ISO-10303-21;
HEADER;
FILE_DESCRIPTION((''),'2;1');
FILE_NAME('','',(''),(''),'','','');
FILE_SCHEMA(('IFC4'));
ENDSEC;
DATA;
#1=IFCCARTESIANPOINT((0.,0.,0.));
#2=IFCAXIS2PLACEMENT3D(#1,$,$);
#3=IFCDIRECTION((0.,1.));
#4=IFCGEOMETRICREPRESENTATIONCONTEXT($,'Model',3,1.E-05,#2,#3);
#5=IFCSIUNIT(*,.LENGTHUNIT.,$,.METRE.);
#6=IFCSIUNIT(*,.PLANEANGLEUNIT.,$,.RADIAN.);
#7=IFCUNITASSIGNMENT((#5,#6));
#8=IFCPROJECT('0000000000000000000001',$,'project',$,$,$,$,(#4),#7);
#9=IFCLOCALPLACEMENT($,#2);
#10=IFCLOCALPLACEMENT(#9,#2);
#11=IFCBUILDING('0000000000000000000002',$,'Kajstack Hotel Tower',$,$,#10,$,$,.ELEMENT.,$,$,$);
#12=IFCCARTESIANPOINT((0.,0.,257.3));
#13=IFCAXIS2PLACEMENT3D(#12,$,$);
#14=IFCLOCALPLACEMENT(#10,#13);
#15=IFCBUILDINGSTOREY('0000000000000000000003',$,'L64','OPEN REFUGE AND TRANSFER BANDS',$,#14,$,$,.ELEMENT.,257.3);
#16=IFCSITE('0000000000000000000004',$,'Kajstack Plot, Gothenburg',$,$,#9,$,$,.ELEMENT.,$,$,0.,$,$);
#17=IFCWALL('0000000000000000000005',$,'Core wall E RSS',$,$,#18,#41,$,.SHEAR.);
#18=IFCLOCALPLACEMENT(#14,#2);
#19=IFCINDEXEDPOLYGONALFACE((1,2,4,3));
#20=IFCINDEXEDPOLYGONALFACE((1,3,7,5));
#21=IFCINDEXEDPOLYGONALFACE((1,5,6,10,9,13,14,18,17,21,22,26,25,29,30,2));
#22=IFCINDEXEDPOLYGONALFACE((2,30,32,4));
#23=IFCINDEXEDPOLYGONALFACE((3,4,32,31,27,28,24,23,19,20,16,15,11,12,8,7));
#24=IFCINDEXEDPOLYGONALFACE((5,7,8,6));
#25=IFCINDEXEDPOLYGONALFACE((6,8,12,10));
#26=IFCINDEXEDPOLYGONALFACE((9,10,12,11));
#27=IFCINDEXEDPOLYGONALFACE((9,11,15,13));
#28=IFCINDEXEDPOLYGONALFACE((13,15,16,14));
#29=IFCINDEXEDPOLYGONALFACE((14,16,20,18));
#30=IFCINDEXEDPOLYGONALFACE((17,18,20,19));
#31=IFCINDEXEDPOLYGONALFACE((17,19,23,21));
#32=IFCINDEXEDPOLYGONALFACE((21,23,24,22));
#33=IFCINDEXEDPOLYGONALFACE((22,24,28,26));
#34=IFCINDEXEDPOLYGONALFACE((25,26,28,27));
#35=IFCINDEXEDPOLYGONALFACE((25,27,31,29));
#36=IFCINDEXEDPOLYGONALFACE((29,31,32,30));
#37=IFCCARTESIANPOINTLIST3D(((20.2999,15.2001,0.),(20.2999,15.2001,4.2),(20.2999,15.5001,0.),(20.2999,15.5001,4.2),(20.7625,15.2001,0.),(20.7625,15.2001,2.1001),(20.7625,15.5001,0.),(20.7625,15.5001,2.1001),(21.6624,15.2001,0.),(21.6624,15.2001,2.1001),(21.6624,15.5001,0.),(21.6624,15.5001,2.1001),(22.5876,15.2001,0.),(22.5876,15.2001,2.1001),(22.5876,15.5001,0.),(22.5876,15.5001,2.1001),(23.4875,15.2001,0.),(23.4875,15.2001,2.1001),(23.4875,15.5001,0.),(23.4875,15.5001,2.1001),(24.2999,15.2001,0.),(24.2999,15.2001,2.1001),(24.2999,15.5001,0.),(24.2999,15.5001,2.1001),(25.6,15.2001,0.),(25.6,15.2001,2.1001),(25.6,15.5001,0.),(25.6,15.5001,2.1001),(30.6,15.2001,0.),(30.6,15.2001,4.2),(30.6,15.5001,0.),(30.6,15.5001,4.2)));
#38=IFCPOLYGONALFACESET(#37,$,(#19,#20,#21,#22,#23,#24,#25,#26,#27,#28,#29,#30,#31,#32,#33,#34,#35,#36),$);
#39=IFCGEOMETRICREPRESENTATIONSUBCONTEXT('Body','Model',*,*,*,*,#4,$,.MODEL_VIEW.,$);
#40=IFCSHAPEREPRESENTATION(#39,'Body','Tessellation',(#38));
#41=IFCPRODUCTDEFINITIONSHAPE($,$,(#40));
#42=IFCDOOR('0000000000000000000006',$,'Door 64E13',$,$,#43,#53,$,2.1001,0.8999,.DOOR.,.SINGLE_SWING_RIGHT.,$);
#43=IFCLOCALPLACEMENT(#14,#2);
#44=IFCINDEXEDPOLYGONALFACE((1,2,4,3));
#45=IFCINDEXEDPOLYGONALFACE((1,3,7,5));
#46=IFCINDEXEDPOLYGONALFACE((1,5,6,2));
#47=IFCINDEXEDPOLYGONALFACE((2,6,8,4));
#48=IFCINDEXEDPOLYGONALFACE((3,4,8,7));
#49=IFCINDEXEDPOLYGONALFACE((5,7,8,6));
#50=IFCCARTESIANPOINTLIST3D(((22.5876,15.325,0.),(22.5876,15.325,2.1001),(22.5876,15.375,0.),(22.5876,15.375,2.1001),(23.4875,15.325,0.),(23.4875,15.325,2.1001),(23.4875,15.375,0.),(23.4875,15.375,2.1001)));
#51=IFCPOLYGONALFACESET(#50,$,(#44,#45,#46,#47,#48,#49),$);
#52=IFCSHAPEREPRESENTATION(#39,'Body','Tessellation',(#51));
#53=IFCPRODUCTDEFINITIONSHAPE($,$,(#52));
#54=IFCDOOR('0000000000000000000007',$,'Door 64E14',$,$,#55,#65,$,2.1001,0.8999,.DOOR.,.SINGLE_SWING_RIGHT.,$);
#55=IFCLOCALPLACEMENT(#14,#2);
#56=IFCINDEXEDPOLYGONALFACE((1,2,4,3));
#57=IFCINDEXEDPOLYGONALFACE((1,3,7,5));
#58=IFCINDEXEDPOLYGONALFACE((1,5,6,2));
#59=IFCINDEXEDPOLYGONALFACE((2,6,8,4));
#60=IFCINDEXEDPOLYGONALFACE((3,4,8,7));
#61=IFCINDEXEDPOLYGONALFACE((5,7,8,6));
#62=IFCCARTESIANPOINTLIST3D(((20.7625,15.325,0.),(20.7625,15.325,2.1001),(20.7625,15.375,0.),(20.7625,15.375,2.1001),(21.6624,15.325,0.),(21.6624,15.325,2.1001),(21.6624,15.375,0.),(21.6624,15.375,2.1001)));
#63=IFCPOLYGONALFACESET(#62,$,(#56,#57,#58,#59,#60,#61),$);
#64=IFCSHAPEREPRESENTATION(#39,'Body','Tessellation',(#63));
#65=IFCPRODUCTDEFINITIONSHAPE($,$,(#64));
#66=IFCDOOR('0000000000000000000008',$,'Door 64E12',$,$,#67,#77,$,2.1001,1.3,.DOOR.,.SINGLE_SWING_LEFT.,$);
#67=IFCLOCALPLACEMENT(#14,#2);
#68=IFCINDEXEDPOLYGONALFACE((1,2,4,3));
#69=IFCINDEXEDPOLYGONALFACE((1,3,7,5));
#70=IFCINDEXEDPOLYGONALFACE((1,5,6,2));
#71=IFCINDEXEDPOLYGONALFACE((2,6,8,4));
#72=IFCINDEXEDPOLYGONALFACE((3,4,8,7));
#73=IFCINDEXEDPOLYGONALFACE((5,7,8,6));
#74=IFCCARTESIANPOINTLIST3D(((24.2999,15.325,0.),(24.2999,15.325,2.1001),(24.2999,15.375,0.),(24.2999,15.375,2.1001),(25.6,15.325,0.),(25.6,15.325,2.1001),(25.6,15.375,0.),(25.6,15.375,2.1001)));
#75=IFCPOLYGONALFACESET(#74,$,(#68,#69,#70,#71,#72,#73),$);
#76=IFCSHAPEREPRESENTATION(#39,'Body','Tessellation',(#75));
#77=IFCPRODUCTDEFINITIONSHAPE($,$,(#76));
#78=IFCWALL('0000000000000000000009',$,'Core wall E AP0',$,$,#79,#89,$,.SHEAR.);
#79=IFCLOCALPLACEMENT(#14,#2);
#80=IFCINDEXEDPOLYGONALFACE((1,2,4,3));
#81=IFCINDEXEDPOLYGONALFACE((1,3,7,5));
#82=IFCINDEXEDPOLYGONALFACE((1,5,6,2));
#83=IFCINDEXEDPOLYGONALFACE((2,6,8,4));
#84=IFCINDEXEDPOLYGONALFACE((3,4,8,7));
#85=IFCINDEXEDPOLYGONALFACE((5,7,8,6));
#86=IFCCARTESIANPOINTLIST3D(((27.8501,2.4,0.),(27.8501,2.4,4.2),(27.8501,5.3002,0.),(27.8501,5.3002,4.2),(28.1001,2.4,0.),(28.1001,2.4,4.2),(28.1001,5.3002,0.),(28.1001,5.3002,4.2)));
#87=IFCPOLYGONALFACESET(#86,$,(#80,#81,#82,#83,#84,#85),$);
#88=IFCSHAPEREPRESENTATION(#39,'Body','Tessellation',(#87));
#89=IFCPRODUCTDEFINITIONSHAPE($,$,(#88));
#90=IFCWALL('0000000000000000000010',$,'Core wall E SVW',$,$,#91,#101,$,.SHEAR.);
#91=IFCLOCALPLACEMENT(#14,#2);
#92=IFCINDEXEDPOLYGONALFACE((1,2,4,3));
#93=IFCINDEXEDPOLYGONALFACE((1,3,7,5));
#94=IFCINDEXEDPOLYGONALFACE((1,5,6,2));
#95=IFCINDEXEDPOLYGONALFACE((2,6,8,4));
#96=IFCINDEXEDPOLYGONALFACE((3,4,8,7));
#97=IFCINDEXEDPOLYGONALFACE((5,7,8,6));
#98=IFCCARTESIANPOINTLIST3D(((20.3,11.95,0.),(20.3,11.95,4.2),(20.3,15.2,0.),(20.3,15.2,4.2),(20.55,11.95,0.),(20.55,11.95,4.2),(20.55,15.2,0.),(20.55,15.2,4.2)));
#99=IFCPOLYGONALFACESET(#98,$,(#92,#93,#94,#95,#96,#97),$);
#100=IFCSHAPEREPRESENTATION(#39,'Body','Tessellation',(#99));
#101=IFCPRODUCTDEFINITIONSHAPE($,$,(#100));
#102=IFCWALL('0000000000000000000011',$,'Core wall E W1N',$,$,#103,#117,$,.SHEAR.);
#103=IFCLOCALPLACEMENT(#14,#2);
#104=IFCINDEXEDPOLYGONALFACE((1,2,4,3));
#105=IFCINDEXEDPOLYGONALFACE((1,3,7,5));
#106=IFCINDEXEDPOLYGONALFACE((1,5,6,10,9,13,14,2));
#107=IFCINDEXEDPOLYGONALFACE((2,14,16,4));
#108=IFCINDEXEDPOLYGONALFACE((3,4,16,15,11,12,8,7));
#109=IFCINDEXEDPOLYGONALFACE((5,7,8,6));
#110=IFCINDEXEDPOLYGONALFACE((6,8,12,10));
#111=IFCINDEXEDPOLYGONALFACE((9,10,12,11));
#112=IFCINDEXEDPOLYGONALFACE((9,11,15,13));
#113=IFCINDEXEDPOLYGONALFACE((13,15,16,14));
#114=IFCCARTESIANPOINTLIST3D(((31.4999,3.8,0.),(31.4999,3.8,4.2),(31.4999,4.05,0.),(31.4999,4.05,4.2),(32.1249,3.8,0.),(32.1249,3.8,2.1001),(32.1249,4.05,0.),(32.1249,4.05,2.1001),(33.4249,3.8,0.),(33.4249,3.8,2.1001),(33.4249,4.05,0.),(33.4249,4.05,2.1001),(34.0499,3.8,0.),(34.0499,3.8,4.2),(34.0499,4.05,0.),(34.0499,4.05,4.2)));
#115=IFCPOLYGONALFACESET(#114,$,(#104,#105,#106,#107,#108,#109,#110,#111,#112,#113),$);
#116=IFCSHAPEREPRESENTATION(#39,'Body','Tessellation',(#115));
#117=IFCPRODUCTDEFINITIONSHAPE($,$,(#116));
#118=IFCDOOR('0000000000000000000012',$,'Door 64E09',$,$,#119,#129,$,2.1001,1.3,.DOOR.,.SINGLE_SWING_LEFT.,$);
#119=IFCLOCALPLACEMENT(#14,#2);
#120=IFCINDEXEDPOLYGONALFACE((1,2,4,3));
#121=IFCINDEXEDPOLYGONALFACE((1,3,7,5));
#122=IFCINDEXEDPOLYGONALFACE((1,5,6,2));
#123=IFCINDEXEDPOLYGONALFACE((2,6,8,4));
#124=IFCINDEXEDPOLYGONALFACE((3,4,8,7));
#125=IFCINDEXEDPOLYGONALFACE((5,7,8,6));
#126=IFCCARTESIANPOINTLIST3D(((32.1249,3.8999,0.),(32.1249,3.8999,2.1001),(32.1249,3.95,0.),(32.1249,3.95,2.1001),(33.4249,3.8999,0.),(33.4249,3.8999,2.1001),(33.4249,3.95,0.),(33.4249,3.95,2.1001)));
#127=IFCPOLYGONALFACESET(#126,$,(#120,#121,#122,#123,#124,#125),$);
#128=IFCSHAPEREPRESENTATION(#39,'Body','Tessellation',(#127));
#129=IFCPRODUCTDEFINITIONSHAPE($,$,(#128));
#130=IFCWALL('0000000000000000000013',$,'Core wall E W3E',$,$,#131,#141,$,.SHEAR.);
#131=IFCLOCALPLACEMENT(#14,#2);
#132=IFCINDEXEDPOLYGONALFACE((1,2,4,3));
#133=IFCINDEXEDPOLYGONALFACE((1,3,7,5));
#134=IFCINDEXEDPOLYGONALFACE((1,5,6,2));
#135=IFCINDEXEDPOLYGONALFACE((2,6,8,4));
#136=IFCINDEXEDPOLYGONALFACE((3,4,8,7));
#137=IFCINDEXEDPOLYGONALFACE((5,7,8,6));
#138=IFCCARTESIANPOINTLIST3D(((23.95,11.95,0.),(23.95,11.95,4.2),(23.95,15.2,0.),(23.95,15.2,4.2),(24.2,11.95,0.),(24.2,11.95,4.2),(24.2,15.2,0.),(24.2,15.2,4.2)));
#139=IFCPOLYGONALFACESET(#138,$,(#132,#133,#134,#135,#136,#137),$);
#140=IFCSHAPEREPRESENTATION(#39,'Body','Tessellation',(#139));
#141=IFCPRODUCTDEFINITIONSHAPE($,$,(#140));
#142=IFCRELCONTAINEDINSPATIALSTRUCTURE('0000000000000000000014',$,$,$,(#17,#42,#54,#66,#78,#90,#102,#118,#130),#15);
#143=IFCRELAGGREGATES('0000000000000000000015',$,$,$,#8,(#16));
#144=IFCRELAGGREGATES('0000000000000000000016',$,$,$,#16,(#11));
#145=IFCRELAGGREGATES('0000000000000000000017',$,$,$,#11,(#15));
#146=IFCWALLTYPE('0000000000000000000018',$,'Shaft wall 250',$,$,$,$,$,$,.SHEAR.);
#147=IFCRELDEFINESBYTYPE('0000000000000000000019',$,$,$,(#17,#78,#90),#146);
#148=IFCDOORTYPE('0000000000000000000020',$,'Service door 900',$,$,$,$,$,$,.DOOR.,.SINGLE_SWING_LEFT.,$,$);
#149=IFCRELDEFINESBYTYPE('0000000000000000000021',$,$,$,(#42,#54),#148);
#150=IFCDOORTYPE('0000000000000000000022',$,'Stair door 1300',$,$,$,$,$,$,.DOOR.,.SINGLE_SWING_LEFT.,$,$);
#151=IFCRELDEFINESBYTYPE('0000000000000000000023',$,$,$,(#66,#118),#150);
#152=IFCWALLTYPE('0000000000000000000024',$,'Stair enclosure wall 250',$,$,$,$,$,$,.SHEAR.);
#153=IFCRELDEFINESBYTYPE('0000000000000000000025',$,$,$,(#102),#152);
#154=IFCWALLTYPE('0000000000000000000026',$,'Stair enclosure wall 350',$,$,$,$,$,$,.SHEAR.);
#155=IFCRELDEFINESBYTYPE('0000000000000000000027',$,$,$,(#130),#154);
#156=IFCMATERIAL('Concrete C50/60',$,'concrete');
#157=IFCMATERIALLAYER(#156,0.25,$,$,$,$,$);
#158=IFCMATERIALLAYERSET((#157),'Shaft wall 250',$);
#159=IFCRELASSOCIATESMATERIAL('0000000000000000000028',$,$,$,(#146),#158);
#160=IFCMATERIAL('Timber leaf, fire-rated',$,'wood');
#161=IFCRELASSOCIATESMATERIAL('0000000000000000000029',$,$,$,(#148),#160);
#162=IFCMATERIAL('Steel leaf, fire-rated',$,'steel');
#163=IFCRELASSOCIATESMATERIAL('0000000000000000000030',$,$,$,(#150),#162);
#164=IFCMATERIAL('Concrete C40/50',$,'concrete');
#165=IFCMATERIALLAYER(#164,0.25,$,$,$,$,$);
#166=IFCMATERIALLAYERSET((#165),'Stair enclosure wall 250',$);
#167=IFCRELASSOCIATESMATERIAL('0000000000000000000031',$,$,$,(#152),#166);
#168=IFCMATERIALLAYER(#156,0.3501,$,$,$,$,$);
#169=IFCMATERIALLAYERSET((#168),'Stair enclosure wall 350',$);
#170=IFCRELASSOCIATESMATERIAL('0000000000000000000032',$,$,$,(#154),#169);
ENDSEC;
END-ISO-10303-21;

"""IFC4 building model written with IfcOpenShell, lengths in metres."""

from ifc_helpers import new_model, si_unit, direction, frame, frame_2d, origin, place, context, subcontext, project, spatial, rectangle, extrude, material, layer, layer_set, type_object, element, fill, save


model = new_model("IFC4")

# Units and contexts
model_context = context("Model", 3, precision=1e-05, world=origin(), true_north=direction((0.0, 1.0)))
body_context = subcontext(model_context, "Body", "Model", "MODEL_VIEW")
ifc_project = project(units=[si_unit("LENGTHUNIT", "METRE"), si_unit("PLANEANGLEUNIT", "RADIAN")], contexts=[model_context])

# Site, building, storey
site_placement = place(None, origin())
site = spatial("IfcSite", under=ifc_project, at=site_placement, Name="Kajstack Plot, Gothenburg", CompositionType="ELEMENT", RefElevation=0.0)
building_placement = place(site_placement, origin())
building = spatial("IfcBuilding", under=site, at=building_placement, Name="Kajstack Hotel Tower", CompositionType="ELEMENT")
storey_placement = place(building_placement, frame((0.0, 0.0, 257.3)))
storey = spatial("IfcBuildingStorey", under=building, at=storey_placement, Name="L64", Description="OPEN REFUGE AND TRANSFER BANDS", CompositionType="ELEMENT", Elevation=257.3)

# Shared definitions
ifc_material_1 = material(Name="Concrete C50/60", Category="concrete")

# Wall, openings, doors
ifc_layer_1 = layer(ifc_material_1, 0.25)
ifc_layer_set_1 = layer_set([ifc_layer_1], Name="Shaft wall 250")
wall_type_1 = type_object("IfcWallType", Name="Shaft wall 250", PredefinedType="SHEAR", material=ifc_layer_set_1)
wall_1_placement = place(storey_placement, frame((20.3, 15.3501, 0.0), z_axis=(0.0, 0.0, 1.0), x_axis=(1.0, 0.0, 0.0)))
wall_1 = element("IfcWall", 1, at=wall_1_placement, inside=storey, type_object=wall_type_1, Name="Core wall E RSS", PredefinedType="SHEAR", context=body_context, shape_type="SweptSolid", body=[
    extrude(rectangle(XDim=10.3, YDim=0.3, at=frame_2d((5.1499, 0.0))), origin(), (0.0, 0.0, 1.0), 4.2),
])
opening_1_placement = place(wall_1_placement, frame((4.0, 0.0, 0.0)))
opening_1 = element("IfcOpeningElement", 2, at=opening_1_placement, cuts=wall_1, PredefinedType="OPENING", context=body_context, shape_type="SweptSolid", body=[
    extrude(rectangle(XDim=1.3, YDim=2.1001, at=frame_2d((0.6499, 1.05))), frame((0.0, 0.1599, 0.0), z_axis=(0.0, -1.0, 0.0), x_axis=(1.0, 0.0, 0.0)), (0.0, 0.0, 1.0), 0.3201),
])
opening_2_placement = place(wall_1_placement, frame((2.2876, 0.0, 0.0)))
opening_2 = element("IfcOpeningElement", 3, at=opening_2_placement, cuts=wall_1, PredefinedType="OPENING", context=body_context, shape_type="SweptSolid", body=[
    extrude(rectangle(XDim=0.8999, YDim=2.1001, at=frame_2d((0.45, 1.05))), frame((0.0, 0.1599, 0.0), z_axis=(0.0, -1.0, 0.0), x_axis=(1.0, 0.0, 0.0)), (0.0, 0.0, 1.0), 0.3201),
])
opening_3_placement = place(wall_1_placement, frame((0.4624, 0.0, 0.0)))
opening_3 = element("IfcOpeningElement", 4, at=opening_3_placement, cuts=wall_1, PredefinedType="OPENING", context=body_context, shape_type="SweptSolid", body=[
    extrude(rectangle(XDim=0.8999, YDim=2.1001, at=frame_2d((0.45, 1.05))), frame((0.0, 0.1599, 0.0), z_axis=(0.0, -1.0, 0.0), x_axis=(1.0, 0.0, 0.0)), (0.0, 0.0, 1.0), 0.3201),
])
ifc_material_2 = material(Name="Timber leaf, fire-rated", Category="wood")
door_type_1 = type_object("IfcDoorType", Name="Service door 900", OperationType="SINGLE_SWING_LEFT", PredefinedType="DOOR", material=ifc_material_2)
door_1_placement = place(opening_2_placement, origin())
door_1 = element("IfcDoor", 5, at=door_1_placement, inside=storey, type_object=door_type_1, Name="Door 64E13", OperationType="SINGLE_SWING_RIGHT", OverallHeight=2.1001, OverallWidth=0.8999, PredefinedType="DOOR", context=body_context, shape_type="SweptSolid", body=[
    extrude(rectangle(XDim=0.8999, YDim=2.1001, at=frame_2d((0.45, 1.05))), frame((0.0, 0.0249, 0.0), z_axis=(0.0, -1.0, 0.0), x_axis=(1.0, 0.0, 0.0)), (0.0, 0.0, 1.0), 0.05),
])
fill(opening_2, door_1)
door_2_placement = place(opening_3_placement, origin())
door_2 = element("IfcDoor", 6, at=door_2_placement, inside=storey, type_object=door_type_1, Name="Door 64E14", OperationType="SINGLE_SWING_RIGHT", OverallHeight=2.1001, OverallWidth=0.8999, PredefinedType="DOOR", context=body_context, shape_type="SweptSolid", body=[
    extrude(rectangle(XDim=0.8999, YDim=2.1001, at=frame_2d((0.45, 1.05))), frame((0.0, 0.0249, 0.0), z_axis=(0.0, -1.0, 0.0), x_axis=(1.0, 0.0, 0.0)), (0.0, 0.0, 1.0), 0.05),
])
fill(opening_3, door_2)
ifc_material_3 = material(Name="Steel leaf, fire-rated", Category="steel")
door_type_2 = type_object("IfcDoorType", Name="Stair door 1300", OperationType="SINGLE_SWING_LEFT", PredefinedType="DOOR", material=ifc_material_3)
door_3_placement = place(opening_1_placement, origin())
door_3 = element("IfcDoor", 7, at=door_3_placement, inside=storey, type_object=door_type_2, Name="Door 64E12", OperationType="SINGLE_SWING_LEFT", OverallHeight=2.1001, OverallWidth=1.3, PredefinedType="DOOR", context=body_context, shape_type="SweptSolid", body=[
    extrude(rectangle(XDim=1.3, YDim=2.1001, at=frame_2d((0.6499, 1.05))), frame((0.0, 0.0249, 0.0), z_axis=(0.0, -1.0, 0.0), x_axis=(1.0, 0.0, 0.0)), (0.0, 0.0, 1.0), 0.05),
])
fill(opening_1, door_3)

# Walls
wall_2_placement = place(storey_placement, frame((27.9751, 2.3999, 0.0), z_axis=(0.0, 0.0, 1.0), x_axis=(0.0, 1.0, 0.0)))
element("IfcWall", 8, at=wall_2_placement, inside=storey, type_object=wall_type_1, Name="Core wall E AP0", PredefinedType="SHEAR", context=body_context, shape_type="SweptSolid", body=[
    extrude(rectangle(XDim=2.9001, YDim=0.25, at=frame_2d((1.4502, 0.0))), origin(), (0.0, 0.0, 1.0), 4.2),
])
wall_3_placement = place(storey_placement, frame((20.425, 11.95, 0.0), z_axis=(0.0, 0.0, 1.0), x_axis=(0.0, 1.0, 0.0)))
element("IfcWall", 9, at=wall_3_placement, inside=storey, type_object=wall_type_1, Name="Core wall E SVW", PredefinedType="SHEAR", context=body_context, shape_type="SweptSolid", body=[
    extrude(rectangle(XDim=3.25, YDim=0.25, at=frame_2d((1.625, 0.0))), origin(), (0.0, 0.0, 1.0), 4.2),
])

# Wall, opening, door
ifc_material_4 = material(Name="Concrete C40/50", Category="concrete")
ifc_layer_2 = layer(ifc_material_4, 0.25)
ifc_layer_set_2 = layer_set([ifc_layer_2], Name="Stair enclosure wall 250")
wall_type_2 = type_object("IfcWallType", Name="Stair enclosure wall 250", PredefinedType="SHEAR", material=ifc_layer_set_2)
wall_4_placement = place(storey_placement, frame((31.5, 3.925, 0.0), z_axis=(0.0, 0.0, 1.0), x_axis=(1.0, 0.0, 0.0)))
wall_4 = element("IfcWall", 10, at=wall_4_placement, inside=storey, type_object=wall_type_2, Name="Core wall E W1N", PredefinedType="SHEAR", context=body_context, shape_type="SweptSolid", body=[
    extrude(rectangle(XDim=2.55, YDim=0.25, at=frame_2d((1.2749, 0.0))), origin(), (0.0, 0.0, 1.0), 4.2),
])
opening_4_placement = place(wall_4_placement, frame((0.625, 0.0, 0.0)))
opening_4 = element("IfcOpeningElement", 11, at=opening_4_placement, cuts=wall_4, PredefinedType="OPENING", context=body_context, shape_type="SweptSolid", body=[
    extrude(rectangle(XDim=1.3, YDim=2.1001, at=frame_2d((0.6499, 1.05))), frame((0.0, 0.135, 0.0), z_axis=(0.0, -1.0, 0.0), x_axis=(1.0, 0.0, 0.0)), (0.0, 0.0, 1.0), 0.27),
])
door_4_placement = place(opening_4_placement, origin())
door_4 = element("IfcDoor", 12, at=door_4_placement, inside=storey, type_object=door_type_2, Name="Door 64E09", OperationType="SINGLE_SWING_LEFT", OverallHeight=2.1001, OverallWidth=1.3, PredefinedType="DOOR", context=body_context, shape_type="SweptSolid", body=[
    extrude(rectangle(XDim=1.3, YDim=2.1001, at=frame_2d((0.6499, 1.05))), frame((0.0, 0.0249, 0.0), z_axis=(0.0, -1.0, 0.0), x_axis=(1.0, 0.0, 0.0)), (0.0, 0.0, 1.0), 0.05),
])
fill(opening_4, door_4)

# Wall
ifc_layer_3 = layer(ifc_material_1, 0.3501)
ifc_layer_set_3 = layer_set([ifc_layer_3], Name="Stair enclosure wall 350")
wall_type_3 = type_object("IfcWallType", Name="Stair enclosure wall 350", PredefinedType="SHEAR", material=ifc_layer_set_3)
wall_5_placement = place(storey_placement, frame((24.075, 11.95, 0.0), z_axis=(0.0, 0.0, 1.0), x_axis=(0.0, 1.0, 0.0)))
element("IfcWall", 13, at=wall_5_placement, inside=storey, type_object=wall_type_3, Name="Core wall E W3E", PredefinedType="SHEAR", context=body_context, shape_type="SweptSolid", body=[
    extrude(rectangle(XDim=3.25, YDim=0.25, at=frame_2d((1.625, 0.0))), origin(), (0.0, 0.0, 1.0), 4.2),
])

save(model, "model.ifc")
